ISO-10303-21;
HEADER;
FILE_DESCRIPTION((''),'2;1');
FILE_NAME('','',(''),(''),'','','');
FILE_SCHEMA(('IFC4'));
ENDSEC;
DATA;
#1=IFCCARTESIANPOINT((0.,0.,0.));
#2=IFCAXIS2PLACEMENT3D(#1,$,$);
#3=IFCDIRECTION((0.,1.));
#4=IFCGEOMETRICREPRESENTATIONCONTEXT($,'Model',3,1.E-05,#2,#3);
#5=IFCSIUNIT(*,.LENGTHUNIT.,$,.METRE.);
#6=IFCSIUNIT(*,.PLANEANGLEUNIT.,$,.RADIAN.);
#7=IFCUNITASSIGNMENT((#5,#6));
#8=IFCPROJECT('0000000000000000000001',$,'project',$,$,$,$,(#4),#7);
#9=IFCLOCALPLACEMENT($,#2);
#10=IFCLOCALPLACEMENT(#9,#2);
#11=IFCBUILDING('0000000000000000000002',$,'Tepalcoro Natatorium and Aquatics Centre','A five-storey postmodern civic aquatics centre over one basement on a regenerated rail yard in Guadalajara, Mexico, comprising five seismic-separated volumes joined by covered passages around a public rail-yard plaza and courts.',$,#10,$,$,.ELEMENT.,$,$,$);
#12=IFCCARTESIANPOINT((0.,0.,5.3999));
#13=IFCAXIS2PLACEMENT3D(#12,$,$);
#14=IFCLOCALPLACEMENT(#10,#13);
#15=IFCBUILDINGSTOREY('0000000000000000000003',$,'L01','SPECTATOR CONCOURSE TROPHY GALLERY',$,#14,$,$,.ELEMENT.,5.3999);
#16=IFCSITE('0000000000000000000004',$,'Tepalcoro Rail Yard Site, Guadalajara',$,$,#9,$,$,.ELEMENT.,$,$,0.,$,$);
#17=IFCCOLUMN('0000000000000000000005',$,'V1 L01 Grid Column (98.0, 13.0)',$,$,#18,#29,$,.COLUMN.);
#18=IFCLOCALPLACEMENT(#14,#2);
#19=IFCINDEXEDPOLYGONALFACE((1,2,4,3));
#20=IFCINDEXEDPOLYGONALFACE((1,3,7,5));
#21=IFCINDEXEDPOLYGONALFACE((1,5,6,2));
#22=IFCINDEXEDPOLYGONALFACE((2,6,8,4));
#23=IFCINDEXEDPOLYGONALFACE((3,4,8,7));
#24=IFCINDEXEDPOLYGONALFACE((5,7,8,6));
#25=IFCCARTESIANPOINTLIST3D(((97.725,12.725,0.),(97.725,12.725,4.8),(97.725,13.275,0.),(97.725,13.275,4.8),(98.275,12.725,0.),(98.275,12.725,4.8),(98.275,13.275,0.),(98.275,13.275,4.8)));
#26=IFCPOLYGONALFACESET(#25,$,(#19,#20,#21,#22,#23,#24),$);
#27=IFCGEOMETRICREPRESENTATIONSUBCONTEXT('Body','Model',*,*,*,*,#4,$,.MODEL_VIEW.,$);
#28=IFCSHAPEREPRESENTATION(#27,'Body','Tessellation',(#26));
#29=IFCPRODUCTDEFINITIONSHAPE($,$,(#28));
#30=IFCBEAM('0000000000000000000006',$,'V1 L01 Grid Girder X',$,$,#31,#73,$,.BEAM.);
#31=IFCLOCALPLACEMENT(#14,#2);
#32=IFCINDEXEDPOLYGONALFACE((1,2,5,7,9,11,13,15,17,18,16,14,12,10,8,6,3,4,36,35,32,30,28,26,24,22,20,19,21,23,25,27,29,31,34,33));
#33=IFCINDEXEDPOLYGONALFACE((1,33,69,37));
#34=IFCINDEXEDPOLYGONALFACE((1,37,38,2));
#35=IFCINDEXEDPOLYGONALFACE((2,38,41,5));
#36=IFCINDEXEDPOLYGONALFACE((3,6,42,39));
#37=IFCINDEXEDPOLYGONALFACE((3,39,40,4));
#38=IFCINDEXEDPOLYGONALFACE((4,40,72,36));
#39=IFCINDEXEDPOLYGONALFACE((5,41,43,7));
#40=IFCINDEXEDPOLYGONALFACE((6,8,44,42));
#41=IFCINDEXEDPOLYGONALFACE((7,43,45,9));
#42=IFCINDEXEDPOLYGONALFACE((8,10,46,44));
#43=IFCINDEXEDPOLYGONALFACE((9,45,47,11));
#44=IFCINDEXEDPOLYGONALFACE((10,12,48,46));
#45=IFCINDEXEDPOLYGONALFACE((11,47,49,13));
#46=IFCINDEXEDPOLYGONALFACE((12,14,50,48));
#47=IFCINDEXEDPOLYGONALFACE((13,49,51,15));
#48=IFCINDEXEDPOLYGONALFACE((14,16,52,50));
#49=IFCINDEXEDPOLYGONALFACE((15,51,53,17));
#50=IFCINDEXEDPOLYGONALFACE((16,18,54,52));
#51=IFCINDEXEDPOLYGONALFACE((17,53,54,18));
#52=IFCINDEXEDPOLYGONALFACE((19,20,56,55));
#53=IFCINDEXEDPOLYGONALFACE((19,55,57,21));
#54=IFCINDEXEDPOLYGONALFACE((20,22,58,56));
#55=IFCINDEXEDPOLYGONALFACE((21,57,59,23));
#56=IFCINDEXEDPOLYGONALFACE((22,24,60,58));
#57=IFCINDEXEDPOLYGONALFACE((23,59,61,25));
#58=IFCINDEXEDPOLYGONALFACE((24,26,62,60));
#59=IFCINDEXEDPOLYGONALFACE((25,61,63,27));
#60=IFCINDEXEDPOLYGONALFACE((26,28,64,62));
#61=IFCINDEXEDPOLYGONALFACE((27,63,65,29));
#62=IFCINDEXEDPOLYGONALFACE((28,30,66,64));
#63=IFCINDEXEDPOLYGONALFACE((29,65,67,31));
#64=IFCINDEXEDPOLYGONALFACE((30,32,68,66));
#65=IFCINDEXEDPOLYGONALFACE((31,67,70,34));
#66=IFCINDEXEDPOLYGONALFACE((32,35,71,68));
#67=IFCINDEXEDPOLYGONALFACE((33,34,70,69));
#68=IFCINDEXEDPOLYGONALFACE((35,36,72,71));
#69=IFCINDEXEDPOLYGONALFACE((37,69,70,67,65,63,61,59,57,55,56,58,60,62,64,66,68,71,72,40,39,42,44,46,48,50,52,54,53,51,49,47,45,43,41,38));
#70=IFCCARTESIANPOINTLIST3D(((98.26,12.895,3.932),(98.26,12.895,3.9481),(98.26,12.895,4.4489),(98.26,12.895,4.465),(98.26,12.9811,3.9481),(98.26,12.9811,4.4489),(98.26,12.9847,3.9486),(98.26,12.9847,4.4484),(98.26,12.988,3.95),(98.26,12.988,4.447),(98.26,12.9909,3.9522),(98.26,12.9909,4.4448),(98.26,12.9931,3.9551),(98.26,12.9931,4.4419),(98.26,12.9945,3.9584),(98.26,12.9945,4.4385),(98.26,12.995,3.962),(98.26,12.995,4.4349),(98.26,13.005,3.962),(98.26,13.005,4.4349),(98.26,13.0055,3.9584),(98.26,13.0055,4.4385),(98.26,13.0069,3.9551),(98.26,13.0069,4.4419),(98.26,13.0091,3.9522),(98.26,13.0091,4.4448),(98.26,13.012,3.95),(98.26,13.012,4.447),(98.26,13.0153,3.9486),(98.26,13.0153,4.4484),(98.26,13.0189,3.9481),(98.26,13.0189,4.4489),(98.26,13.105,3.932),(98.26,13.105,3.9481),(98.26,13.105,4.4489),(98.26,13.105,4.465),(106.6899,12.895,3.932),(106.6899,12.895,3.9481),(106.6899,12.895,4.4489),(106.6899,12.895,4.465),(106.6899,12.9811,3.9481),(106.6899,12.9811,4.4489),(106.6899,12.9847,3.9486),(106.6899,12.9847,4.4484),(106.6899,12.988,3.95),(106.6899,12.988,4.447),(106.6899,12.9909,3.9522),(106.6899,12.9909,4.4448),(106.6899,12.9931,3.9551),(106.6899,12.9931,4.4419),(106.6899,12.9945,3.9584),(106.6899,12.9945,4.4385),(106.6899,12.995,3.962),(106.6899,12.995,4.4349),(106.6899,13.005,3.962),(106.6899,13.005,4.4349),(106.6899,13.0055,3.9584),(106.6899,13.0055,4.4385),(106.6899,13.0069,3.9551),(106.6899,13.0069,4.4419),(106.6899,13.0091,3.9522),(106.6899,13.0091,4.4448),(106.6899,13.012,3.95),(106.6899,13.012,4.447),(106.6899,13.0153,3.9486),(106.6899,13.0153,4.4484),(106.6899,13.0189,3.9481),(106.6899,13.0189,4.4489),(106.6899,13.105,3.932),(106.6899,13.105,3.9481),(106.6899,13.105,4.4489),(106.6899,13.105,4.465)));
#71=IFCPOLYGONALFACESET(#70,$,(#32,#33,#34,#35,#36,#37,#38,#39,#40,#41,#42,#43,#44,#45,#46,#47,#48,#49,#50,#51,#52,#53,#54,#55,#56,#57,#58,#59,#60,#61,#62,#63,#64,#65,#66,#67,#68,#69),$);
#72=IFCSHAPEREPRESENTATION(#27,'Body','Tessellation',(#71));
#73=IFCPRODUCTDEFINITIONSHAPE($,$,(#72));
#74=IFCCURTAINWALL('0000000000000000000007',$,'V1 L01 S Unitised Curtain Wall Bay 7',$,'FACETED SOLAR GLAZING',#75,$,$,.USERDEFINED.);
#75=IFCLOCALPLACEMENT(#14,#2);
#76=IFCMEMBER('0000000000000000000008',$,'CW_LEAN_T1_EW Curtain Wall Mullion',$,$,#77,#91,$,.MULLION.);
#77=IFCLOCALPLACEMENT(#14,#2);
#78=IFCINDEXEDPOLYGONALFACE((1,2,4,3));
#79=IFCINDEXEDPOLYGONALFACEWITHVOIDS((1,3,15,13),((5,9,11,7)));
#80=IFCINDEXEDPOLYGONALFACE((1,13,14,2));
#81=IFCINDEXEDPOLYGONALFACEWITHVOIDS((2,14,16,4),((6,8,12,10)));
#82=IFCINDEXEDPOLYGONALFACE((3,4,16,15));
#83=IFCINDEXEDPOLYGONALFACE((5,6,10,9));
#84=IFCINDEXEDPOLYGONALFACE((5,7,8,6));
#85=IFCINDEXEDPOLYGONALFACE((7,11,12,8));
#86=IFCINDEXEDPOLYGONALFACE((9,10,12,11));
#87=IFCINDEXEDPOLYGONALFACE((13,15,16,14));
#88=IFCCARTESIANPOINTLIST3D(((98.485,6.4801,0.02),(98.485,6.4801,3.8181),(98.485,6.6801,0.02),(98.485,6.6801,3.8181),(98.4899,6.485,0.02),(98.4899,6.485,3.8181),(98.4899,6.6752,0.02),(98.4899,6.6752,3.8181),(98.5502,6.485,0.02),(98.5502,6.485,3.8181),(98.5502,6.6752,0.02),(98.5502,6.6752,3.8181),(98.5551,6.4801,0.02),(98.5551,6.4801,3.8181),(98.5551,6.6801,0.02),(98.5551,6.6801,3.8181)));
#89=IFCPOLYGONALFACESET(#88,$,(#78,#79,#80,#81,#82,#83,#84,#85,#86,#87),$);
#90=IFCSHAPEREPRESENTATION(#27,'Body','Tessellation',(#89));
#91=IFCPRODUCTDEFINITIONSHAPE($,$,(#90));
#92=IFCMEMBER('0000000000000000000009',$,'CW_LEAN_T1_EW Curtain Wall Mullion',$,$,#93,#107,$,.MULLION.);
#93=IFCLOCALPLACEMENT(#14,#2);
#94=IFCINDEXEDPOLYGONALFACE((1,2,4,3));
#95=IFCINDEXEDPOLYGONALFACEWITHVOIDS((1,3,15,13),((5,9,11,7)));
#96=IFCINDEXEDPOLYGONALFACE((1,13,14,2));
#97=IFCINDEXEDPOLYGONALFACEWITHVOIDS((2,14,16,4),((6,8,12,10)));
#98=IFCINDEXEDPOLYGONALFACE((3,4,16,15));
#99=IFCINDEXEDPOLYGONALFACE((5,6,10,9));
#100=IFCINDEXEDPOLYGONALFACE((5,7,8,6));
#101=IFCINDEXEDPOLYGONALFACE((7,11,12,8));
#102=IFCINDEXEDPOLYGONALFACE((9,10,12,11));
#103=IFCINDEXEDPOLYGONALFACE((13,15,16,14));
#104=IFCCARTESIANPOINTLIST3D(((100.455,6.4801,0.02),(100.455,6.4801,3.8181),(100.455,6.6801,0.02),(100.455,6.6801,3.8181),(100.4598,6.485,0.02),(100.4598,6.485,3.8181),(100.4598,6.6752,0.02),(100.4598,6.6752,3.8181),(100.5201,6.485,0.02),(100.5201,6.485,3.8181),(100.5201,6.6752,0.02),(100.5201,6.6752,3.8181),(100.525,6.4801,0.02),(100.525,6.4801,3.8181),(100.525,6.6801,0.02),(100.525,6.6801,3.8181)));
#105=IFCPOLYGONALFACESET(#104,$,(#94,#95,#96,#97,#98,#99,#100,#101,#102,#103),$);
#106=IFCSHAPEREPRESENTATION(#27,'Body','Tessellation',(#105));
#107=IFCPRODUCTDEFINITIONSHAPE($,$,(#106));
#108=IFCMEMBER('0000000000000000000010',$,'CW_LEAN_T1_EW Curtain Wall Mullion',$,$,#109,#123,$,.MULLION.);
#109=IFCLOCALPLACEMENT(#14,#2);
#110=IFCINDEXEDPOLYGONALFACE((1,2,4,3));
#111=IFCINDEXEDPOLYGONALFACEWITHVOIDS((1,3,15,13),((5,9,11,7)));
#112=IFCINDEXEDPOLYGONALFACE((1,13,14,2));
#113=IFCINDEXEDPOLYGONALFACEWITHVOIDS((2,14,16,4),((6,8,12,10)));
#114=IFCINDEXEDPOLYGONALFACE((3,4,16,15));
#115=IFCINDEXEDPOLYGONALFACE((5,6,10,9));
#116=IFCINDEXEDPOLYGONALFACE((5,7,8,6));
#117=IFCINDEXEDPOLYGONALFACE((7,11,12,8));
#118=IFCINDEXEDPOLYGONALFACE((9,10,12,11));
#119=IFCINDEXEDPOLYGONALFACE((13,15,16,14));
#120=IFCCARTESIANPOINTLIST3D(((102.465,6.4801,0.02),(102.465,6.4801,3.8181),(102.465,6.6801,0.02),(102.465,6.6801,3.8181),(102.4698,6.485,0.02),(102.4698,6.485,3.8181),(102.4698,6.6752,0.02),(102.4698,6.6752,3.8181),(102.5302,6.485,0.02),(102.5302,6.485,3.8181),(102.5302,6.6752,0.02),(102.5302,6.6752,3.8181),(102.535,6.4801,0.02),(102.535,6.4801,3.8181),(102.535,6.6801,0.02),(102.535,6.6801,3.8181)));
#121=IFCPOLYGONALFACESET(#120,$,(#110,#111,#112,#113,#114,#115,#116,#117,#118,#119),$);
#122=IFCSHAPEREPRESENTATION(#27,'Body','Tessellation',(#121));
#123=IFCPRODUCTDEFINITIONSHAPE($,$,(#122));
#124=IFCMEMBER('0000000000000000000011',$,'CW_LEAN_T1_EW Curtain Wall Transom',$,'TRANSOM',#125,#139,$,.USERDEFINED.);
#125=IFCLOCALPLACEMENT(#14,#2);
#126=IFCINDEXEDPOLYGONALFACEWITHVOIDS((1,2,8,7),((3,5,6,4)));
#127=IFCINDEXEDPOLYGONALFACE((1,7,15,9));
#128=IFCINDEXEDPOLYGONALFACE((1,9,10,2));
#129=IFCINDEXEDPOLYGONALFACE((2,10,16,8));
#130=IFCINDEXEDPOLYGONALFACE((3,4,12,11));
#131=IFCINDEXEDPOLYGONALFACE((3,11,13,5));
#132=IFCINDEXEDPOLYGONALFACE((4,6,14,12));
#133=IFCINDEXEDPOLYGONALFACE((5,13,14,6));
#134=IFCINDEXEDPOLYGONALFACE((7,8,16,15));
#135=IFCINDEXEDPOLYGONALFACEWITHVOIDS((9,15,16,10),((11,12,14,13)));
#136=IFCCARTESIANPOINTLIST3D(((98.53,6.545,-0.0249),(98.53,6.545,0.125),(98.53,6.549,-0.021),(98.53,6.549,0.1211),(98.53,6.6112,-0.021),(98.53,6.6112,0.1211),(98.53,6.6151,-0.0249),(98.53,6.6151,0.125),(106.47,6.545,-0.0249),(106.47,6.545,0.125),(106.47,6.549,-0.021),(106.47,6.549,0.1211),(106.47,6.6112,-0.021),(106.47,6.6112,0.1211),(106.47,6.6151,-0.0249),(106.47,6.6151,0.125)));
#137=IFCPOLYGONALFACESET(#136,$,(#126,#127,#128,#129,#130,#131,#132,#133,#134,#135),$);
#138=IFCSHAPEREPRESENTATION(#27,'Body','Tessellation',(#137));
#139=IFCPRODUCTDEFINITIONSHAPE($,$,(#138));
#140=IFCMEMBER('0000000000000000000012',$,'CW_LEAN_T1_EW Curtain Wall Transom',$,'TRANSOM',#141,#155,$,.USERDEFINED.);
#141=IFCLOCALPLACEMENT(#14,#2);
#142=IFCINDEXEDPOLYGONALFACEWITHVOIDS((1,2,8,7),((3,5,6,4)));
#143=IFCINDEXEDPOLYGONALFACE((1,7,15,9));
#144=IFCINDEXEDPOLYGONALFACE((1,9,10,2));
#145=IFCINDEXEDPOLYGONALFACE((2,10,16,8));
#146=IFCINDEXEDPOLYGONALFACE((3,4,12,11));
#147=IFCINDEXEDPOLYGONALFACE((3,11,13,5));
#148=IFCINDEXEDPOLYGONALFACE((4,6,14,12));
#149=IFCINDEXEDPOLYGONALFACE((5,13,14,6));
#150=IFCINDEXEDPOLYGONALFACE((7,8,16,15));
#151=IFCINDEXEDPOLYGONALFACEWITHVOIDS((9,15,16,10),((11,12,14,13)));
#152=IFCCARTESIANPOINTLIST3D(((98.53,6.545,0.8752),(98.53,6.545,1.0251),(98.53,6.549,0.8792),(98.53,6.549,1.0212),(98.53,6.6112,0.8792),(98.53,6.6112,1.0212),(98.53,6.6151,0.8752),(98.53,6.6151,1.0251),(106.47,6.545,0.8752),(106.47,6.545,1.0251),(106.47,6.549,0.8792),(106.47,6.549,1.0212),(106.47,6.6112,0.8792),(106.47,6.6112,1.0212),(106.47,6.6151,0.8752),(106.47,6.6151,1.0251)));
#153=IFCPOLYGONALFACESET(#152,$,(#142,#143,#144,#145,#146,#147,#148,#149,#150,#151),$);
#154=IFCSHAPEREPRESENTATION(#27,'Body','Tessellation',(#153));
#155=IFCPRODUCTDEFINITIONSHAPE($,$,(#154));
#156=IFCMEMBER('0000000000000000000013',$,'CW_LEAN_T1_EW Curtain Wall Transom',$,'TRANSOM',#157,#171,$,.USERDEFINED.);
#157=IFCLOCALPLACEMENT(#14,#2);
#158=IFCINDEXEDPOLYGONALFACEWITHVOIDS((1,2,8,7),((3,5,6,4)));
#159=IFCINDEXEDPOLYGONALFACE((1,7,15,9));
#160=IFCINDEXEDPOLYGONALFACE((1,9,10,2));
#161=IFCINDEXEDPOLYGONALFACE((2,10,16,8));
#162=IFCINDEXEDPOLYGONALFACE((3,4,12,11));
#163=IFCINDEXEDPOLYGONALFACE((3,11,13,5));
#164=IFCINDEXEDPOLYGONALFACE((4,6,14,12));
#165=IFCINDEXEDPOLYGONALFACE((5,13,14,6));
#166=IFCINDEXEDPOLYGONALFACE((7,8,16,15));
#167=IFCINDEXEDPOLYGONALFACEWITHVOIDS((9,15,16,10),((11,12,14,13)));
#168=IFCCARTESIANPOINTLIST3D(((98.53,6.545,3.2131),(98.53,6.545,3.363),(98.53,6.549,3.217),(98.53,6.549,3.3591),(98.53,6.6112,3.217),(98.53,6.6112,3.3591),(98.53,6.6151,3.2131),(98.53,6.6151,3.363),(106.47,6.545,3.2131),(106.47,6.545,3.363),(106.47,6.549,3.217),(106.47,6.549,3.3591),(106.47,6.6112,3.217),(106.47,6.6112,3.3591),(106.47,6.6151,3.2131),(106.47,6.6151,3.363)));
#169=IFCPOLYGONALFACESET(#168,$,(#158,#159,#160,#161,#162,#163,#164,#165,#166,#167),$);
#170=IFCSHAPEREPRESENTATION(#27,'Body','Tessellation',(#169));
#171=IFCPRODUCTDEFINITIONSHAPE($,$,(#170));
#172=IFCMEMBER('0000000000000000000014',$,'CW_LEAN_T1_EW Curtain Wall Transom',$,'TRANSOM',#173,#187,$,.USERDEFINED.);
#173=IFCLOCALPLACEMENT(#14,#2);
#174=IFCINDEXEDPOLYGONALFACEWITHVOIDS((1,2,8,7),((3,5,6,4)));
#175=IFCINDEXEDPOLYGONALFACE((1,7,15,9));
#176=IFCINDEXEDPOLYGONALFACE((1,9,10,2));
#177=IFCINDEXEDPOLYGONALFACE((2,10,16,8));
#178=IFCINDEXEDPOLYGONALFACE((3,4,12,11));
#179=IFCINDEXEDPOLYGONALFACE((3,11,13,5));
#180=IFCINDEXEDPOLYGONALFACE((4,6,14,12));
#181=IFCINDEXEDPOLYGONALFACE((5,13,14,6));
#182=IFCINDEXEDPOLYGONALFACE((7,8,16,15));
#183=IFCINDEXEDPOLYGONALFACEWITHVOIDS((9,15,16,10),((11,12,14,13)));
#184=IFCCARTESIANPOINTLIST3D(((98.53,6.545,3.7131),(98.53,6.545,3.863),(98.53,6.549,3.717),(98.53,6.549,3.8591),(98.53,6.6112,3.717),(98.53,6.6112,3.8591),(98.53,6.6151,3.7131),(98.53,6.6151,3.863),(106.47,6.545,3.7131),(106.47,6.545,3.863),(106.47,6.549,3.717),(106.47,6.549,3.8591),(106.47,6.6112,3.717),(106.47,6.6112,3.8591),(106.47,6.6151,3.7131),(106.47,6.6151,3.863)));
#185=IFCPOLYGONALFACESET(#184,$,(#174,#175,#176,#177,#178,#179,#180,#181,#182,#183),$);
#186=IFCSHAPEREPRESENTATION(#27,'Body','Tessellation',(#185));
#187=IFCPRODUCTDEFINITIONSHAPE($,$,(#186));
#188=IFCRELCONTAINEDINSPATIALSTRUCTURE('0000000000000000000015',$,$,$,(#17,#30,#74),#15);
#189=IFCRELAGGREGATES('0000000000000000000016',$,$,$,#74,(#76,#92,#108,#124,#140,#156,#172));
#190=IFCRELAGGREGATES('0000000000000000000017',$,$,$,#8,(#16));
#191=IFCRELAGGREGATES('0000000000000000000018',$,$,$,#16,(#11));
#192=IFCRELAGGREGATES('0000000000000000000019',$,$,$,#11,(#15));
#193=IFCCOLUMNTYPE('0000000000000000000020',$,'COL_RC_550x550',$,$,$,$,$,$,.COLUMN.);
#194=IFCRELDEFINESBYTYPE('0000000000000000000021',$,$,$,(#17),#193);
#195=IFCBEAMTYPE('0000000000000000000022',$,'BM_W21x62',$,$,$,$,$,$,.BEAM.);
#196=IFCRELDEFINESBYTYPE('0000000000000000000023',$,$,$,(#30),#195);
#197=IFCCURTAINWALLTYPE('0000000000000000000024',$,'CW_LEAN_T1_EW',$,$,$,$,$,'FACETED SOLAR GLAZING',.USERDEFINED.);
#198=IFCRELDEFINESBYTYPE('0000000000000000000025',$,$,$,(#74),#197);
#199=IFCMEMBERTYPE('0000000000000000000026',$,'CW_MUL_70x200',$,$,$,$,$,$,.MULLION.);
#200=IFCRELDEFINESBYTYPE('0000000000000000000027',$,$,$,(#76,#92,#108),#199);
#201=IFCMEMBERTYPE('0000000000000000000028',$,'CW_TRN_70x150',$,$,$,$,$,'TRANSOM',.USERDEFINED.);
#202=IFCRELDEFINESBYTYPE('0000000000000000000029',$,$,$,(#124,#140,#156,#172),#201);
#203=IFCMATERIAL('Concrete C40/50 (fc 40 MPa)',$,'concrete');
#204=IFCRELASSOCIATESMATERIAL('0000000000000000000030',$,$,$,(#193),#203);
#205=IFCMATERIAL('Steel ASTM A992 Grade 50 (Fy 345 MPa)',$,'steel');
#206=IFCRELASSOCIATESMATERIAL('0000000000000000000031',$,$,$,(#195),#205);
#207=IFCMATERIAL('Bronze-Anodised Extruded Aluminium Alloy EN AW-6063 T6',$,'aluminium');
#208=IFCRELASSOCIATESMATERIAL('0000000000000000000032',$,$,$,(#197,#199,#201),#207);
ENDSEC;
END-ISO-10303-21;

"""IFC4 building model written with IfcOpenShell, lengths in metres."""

from ifc_helpers import new_model, si_unit, direction, frame, origin, origin_2d, place, context, subcontext, project, spatial, rectangle, hollow_rectangle, i_section, extrude, material, material_profile, profile_set, type_object, element, aggregate, save


model = new_model("IFC4")

# Units and contexts
model_context = context("Model", 3, precision=1e-05, world=origin(), true_north=direction((0.0, 1.0)))
body_context = subcontext(model_context, "Body", "Model", "MODEL_VIEW")
ifc_project = project(units=[si_unit("LENGTHUNIT", "METRE"), si_unit("PLANEANGLEUNIT", "RADIAN")], contexts=[model_context])

# Site, building, storey
site_placement = place(None, origin())
site = spatial("IfcSite", under=ifc_project, at=site_placement, Name="Tepalcoro Rail Yard Site, Guadalajara", CompositionType="ELEMENT", RefElevation=0.0)
building_placement = place(site_placement, origin())
building = spatial("IfcBuilding", under=site, at=building_placement, Name="Tepalcoro Natatorium and Aquatics Centre", Description="A five-storey postmodern civic aquatics centre over one basement on a regenerated rail yard in Guadalajara, Mexico, comprising five seismic-separated volumes joined by covered passages around a public rail-yard plaza and courts.", CompositionType="ELEMENT")
storey_placement = place(building_placement, frame((0.0, 0.0, 5.3999)))
storey = spatial("IfcBuildingStorey", under=building, at=storey_placement, Name="L01", Description="SPECTATOR CONCOURSE TROPHY GALLERY", CompositionType="ELEMENT", Elevation=5.3999)

# Column
ifc_material_1 = material(Name="Concrete C40/50 (fc 40 MPa)", Category="concrete")
ifc_material_profile_1 = material_profile(ifc_material_1, rectangle(XDim=0.55, YDim=0.55, at=origin_2d()), Name="RC550x550")
ifc_profile_set_1 = profile_set([ifc_material_profile_1], Name="Concrete C40/50 (fc 40 MPa)")
column_type = type_object("IfcColumnType", Name="COL_RC_550x550", PredefinedType="COLUMN", material=ifc_profile_set_1)
column_placement = place(storey_placement, frame((98.0, 13.0, 0.0), z_axis=(0.0, 0.0, 1.0), x_axis=(1.0, 0.0, 0.0)))
element("IfcColumn", 1, at=column_placement, inside=storey, type_object=column_type, Name="V1 L01 Grid Column (98.0, 13.0)", PredefinedType="COLUMN", context=body_context, shape_type="SweptSolid", body=[
    extrude(rectangle(XDim=0.55, YDim=0.55, at=origin_2d()), origin(), (0.0, 0.0, 1.0), 4.8),
])

# Beam
ifc_material_2 = material(Name="Steel ASTM A992 Grade 50 (Fy 345 MPa)", Category="steel")
ifc_material_profile_2 = material_profile(ifc_material_2, i_section(OverallWidth=0.21, OverallDepth=0.533, WebThickness=0.01, FlangeThickness=0.0161, FilletRadius=0.0139, at=origin_2d()), Name="W21X62")
ifc_profile_set_2 = profile_set([ifc_material_profile_2], Name="Steel ASTM A992 Grade 50 (Fy 345 MPa)")
beam_type_1 = type_object("IfcBeamType", Name="BM_W21x62", PredefinedType="BEAM", material=ifc_profile_set_2)
beam_1_placement = place(storey_placement, frame((98.26, 13.0, 4.1985), z_axis=(1.0, 0.0, 0.0), x_axis=(0.0, 1.0, 0.0)))
element("IfcBeam", 2, at=beam_1_placement, inside=storey, type_object=beam_type_1, Name="V1 L01 Grid Girder X", PredefinedType="BEAM", context=body_context, shape_type="SweptSolid", body=[
    extrude(i_section(OverallWidth=0.21, OverallDepth=0.533, WebThickness=0.01, FlangeThickness=0.0161, FilletRadius=0.0139, at=origin_2d()), origin(), (0.0, 0.0, 1.0), 8.4299),
])

# Curtain wall, members
ifc_material_3 = material(Name="Bronze-Anodised Extruded Aluminium Alloy EN AW-6063 T6", Category="aluminium")
curtain_wall_type = type_object("IfcCurtainWallType", Name="CW_LEAN_T1_EW", ElementType="FACETED SOLAR GLAZING", PredefinedType="USERDEFINED", material=ifc_material_3)
curtain_wall_placement = place(storey_placement, origin())
curtain_wall = element("IfcCurtainWall", 3, at=curtain_wall_placement, inside=storey, type_object=curtain_wall_type, Name="V1 L01 S Unitised Curtain Wall Bay 7", ObjectType="FACETED SOLAR GLAZING", PredefinedType="USERDEFINED")
ifc_material_profile_3 = material_profile(ifc_material_3, hollow_rectangle(XDim=0.0701, YDim=0.2, WallThickness=0.0049, at=origin_2d()), Name="AL70X200X5")
ifc_profile_set_3 = profile_set([ifc_material_profile_3], Name="Bronze-Anodised Extruded Aluminium Alloy EN AW-6063 T6")
member_type_1 = type_object("IfcMemberType", Name="CW_MUL_70x200", PredefinedType="MULLION", material=ifc_profile_set_3)
member_1_placement = place(storey_placement, frame((98.52, 6.5801, 0.02), z_axis=(0.0, 0.0, 1.0), x_axis=(1.0, 0.0, 0.0)))
member_1 = element("IfcMember", 4, at=member_1_placement, type_object=member_type_1, Name="CW_LEAN_T1_EW Curtain Wall Mullion", PredefinedType="MULLION", context=body_context, shape_type="SweptSolid", body=[
    extrude(hollow_rectangle(XDim=0.0701, YDim=0.2, WallThickness=0.0049, at=origin_2d()), origin(), (0.0, 0.0, 1.0), 3.7981),
])
member_2_placement = place(storey_placement, frame((100.49, 6.5801, 0.02), z_axis=(0.0, 0.0, 1.0), x_axis=(1.0, 0.0, 0.0)))
member_2 = element("IfcMember", 5, at=member_2_placement, type_object=member_type_1, Name="CW_LEAN_T1_EW Curtain Wall Mullion", PredefinedType="MULLION", context=body_context, shape_type="SweptSolid", body=[
    extrude(hollow_rectangle(XDim=0.0701, YDim=0.2, WallThickness=0.0049, at=origin_2d()), origin(), (0.0, 0.0, 1.0), 3.7981),
])
member_3_placement = place(storey_placement, frame((102.5, 6.5801, 0.02), z_axis=(0.0, 0.0, 1.0), x_axis=(1.0, 0.0, 0.0)))
member_3 = element("IfcMember", 6, at=member_3_placement, type_object=member_type_1, Name="CW_LEAN_T1_EW Curtain Wall Mullion", PredefinedType="MULLION", context=body_context, shape_type="SweptSolid", body=[
    extrude(hollow_rectangle(XDim=0.0701, YDim=0.2, WallThickness=0.0049, at=origin_2d()), origin(), (0.0, 0.0, 1.0), 3.7981),
])
ifc_material_profile_4 = material_profile(ifc_material_3, hollow_rectangle(XDim=0.0701, YDim=0.1499, WallThickness=0.0039, at=origin_2d()), Name="AL70X150X4")
ifc_profile_set_4 = profile_set([ifc_material_profile_4], Name="Bronze-Anodised Extruded Aluminium Alloy EN AW-6063 T6")
member_type_2 = type_object("IfcMemberType", Name="CW_TRN_70x150", ElementType="TRANSOM", PredefinedType="USERDEFINED", material=ifc_profile_set_4)
member_4_placement = place(storey_placement, frame((98.53, 6.5801, 0.05), z_axis=(1.0, 0.0, 0.0), x_axis=(0.0, 1.0, 0.0)))
member_4 = element("IfcMember", 7, at=member_4_placement, type_object=member_type_2, Name="CW_LEAN_T1_EW Curtain Wall Transom", ObjectType="TRANSOM", PredefinedType="USERDEFINED", context=body_context, shape_type="SweptSolid", body=[
    extrude(hollow_rectangle(XDim=0.0701, YDim=0.1499, WallThickness=0.0039, at=origin_2d()), origin(), (0.0, 0.0, 1.0), 7.9399),
])
member_5_placement = place(storey_placement, frame((98.53, 6.5801, 0.9502), z_axis=(1.0, 0.0, 0.0), x_axis=(0.0, 1.0, 0.0)))
member_5 = element("IfcMember", 8, at=member_5_placement, type_object=member_type_2, Name="CW_LEAN_T1_EW Curtain Wall Transom", ObjectType="TRANSOM", PredefinedType="USERDEFINED", context=body_context, shape_type="SweptSolid", body=[
    extrude(hollow_rectangle(XDim=0.0701, YDim=0.1499, WallThickness=0.0039, at=origin_2d()), origin(), (0.0, 0.0, 1.0), 7.9399),
])
member_6_placement = place(storey_placement, frame((98.53, 6.5801, 3.2881), z_axis=(1.0, 0.0, 0.0), x_axis=(0.0, 1.0, 0.0)))
member_6 = element("IfcMember", 9, at=member_6_placement, type_object=member_type_2, Name="CW_LEAN_T1_EW Curtain Wall Transom", ObjectType="TRANSOM", PredefinedType="USERDEFINED", context=body_context, shape_type="SweptSolid", body=[
    extrude(hollow_rectangle(XDim=0.0701, YDim=0.1499, WallThickness=0.0039, at=origin_2d()), origin(), (0.0, 0.0, 1.0), 7.9399),
])
member_7_placement = place(storey_placement, frame((98.53, 6.5801, 3.7881), z_axis=(1.0, 0.0, 0.0), x_axis=(0.0, 1.0, 0.0)))
member_7 = element("IfcMember", 10, at=member_7_placement, type_object=member_type_2, Name="CW_LEAN_T1_EW Curtain Wall Transom", ObjectType="TRANSOM", PredefinedType="USERDEFINED", context=body_context, shape_type="SweptSolid", body=[
    extrude(hollow_rectangle(XDim=0.0701, YDim=0.1499, WallThickness=0.0039, at=origin_2d()), origin(), (0.0, 0.0, 1.0), 7.9399),
])

aggregate(curtain_wall, [member_1, member_2, member_3, member_4, member_5, member_6, member_7])

save(model, "model.ifc")
